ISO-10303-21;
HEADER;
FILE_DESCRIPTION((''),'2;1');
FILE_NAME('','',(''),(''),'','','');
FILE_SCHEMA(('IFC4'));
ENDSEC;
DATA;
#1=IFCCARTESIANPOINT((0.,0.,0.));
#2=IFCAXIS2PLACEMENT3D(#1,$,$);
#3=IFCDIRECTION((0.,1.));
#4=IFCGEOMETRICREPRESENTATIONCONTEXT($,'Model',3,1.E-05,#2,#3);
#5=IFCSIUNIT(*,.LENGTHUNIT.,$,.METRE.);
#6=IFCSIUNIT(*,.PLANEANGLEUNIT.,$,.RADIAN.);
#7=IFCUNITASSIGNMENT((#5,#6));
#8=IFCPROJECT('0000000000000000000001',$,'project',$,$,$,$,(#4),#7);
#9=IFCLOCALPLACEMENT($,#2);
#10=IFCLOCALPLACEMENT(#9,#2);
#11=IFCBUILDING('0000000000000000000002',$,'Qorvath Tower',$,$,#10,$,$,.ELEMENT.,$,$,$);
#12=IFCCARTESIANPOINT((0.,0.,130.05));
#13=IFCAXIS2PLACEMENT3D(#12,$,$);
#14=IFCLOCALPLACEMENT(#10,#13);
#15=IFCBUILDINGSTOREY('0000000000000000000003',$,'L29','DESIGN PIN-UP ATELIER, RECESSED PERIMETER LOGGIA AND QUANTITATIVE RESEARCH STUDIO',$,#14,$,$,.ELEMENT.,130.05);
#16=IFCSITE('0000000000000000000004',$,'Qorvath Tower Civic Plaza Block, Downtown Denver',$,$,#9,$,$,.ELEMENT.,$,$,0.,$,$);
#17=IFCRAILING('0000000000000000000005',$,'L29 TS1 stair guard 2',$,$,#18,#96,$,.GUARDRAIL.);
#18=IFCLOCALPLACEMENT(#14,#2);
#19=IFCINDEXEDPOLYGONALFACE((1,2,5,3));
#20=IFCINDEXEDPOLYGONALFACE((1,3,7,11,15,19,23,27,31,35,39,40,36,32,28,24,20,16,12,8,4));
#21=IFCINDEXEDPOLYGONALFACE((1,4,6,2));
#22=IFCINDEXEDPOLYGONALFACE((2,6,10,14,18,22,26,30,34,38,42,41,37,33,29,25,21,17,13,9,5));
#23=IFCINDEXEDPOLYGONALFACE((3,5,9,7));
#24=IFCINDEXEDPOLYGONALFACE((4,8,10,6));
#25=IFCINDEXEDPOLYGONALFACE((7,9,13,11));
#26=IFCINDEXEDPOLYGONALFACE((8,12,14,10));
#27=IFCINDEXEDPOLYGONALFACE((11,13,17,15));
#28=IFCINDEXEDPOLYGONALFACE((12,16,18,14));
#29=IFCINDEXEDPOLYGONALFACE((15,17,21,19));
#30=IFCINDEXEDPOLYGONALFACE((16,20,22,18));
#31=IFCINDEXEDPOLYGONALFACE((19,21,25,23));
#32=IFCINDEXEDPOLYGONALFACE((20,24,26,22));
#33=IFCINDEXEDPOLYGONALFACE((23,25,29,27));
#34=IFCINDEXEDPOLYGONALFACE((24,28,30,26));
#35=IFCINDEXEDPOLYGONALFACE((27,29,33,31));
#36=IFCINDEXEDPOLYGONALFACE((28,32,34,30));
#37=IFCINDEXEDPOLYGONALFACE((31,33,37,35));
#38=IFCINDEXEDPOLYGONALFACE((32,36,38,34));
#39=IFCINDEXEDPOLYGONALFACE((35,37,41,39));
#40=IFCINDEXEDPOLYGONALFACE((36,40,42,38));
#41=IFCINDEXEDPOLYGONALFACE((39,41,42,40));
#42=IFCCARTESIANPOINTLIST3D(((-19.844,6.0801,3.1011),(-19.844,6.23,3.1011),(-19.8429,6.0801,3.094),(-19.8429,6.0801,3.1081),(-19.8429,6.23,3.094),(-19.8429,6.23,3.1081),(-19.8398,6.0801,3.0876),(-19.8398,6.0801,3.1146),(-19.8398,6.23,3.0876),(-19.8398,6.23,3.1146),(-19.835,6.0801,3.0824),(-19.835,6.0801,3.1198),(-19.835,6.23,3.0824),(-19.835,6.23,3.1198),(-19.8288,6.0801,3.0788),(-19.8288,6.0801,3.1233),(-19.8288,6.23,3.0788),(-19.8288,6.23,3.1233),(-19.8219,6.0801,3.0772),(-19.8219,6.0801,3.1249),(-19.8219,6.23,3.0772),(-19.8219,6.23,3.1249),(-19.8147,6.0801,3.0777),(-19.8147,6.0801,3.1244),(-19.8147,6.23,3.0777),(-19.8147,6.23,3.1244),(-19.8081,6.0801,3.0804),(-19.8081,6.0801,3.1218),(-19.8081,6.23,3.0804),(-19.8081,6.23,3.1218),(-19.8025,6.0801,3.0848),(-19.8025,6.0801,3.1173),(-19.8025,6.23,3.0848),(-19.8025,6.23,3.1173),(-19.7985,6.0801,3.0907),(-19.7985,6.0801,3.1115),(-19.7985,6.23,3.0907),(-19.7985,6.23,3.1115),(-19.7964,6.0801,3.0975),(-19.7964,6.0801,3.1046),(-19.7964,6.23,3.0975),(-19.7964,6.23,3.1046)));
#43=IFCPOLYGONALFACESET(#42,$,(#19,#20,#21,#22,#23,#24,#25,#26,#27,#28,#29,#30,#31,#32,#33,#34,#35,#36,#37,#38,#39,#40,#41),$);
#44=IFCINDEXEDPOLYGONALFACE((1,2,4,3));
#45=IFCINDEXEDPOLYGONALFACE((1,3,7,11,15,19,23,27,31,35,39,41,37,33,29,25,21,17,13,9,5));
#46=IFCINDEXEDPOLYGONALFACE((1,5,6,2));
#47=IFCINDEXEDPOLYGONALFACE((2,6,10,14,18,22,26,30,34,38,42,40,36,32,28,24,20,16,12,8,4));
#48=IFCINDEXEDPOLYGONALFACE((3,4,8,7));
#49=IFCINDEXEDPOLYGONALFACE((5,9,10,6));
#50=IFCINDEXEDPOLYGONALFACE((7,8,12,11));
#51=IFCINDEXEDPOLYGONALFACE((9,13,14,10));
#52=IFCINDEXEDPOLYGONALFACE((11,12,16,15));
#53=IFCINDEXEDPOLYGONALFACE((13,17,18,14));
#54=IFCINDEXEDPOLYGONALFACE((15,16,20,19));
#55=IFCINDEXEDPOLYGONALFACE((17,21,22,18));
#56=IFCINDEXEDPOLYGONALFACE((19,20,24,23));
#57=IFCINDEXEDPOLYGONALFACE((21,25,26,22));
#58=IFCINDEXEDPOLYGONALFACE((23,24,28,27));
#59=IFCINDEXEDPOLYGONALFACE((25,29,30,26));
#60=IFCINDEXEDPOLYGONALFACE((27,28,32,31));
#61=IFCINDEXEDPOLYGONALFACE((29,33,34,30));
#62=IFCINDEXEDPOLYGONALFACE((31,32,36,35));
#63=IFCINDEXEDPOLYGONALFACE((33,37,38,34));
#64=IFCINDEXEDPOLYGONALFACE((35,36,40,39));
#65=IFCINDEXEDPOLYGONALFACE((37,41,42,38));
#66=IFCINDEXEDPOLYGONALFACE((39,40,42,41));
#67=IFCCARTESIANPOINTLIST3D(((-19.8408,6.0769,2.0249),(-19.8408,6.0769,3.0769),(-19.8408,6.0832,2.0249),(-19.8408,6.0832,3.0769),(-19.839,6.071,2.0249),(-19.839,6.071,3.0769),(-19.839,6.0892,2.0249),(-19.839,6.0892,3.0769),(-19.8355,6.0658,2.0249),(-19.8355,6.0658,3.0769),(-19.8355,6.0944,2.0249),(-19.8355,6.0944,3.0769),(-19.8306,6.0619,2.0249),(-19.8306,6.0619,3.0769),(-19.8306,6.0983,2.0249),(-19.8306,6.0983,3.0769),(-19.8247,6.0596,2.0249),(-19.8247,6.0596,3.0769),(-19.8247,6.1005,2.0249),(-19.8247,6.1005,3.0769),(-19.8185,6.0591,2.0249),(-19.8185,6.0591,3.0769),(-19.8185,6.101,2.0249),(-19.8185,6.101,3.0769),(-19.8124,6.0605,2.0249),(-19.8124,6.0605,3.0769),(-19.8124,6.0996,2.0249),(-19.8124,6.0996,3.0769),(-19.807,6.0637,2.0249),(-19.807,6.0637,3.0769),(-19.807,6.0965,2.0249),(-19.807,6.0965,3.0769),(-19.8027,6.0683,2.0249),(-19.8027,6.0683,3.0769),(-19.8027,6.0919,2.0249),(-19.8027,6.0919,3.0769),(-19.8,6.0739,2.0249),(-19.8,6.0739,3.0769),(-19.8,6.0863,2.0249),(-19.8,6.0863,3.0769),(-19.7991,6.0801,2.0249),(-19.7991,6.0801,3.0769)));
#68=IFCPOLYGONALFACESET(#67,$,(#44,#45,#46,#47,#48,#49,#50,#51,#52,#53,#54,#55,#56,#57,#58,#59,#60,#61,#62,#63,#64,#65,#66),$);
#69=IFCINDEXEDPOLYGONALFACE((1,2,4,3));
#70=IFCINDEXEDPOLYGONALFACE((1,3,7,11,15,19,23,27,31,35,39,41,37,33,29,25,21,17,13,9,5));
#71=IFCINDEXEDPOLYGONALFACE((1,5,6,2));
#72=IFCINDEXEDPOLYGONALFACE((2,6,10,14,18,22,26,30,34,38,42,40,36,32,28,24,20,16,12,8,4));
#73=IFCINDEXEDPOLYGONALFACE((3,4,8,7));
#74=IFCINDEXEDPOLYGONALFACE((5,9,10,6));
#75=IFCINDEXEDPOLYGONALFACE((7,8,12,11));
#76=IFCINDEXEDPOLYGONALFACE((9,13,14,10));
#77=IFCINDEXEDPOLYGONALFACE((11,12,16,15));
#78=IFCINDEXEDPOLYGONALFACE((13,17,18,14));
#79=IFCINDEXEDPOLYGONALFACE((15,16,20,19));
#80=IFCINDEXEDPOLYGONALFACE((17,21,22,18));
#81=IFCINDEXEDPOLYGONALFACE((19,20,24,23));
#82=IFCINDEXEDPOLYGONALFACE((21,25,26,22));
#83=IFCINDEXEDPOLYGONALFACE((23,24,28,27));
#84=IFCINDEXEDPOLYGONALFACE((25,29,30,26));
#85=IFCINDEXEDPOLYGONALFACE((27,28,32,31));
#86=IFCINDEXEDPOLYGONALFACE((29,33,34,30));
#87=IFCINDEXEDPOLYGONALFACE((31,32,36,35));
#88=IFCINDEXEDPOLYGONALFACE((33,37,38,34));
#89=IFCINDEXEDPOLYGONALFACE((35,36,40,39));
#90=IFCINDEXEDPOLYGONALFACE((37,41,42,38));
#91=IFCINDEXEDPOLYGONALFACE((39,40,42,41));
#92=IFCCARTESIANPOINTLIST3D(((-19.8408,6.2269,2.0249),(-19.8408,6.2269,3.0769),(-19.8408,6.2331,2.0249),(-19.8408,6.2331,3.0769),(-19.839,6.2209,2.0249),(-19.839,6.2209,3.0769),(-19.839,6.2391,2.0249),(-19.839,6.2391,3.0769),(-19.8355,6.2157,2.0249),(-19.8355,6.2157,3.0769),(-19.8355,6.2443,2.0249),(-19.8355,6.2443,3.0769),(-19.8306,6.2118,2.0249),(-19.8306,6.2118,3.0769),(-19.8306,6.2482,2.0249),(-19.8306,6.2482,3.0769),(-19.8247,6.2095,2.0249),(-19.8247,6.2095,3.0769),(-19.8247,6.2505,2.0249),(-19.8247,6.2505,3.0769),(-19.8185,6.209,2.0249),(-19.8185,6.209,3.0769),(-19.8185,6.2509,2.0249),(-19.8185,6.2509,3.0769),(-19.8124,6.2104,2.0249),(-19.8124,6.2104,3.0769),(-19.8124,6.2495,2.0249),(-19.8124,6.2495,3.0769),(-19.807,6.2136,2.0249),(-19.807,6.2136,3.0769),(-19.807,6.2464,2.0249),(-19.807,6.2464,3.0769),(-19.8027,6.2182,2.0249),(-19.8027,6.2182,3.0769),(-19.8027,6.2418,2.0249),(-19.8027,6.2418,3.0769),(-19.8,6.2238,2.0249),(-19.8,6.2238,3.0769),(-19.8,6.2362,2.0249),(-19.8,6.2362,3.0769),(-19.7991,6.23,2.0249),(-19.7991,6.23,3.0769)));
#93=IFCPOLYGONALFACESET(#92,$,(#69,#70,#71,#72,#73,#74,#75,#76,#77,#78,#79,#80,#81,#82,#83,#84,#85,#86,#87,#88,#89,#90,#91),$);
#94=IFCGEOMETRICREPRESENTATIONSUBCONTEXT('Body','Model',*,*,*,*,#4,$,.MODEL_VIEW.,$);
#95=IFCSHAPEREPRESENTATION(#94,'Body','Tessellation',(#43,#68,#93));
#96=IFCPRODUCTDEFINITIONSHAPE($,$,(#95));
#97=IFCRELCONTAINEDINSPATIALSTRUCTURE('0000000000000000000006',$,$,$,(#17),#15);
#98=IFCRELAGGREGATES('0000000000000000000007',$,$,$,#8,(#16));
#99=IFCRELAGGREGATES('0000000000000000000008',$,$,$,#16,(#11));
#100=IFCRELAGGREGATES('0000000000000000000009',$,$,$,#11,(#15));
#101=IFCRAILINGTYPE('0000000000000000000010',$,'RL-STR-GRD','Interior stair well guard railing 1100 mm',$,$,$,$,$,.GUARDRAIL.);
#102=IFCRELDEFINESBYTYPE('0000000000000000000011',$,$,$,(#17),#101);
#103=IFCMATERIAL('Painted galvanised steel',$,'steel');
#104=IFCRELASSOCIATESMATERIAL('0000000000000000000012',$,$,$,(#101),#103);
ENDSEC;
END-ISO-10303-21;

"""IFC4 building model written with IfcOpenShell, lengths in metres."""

from ifc_helpers import new_model, si_unit, direction, frame, origin, origin_2d, place, context, subcontext, project, spatial, circle, extrude, material, type_object, element, save


model = new_model("IFC4")

# Units and contexts
model_context = context("Model", 3, precision=1e-05, world=origin(), true_north=direction((0.0, 1.0)))
body_context = subcontext(model_context, "Body", "Model", "MODEL_VIEW")
ifc_project = project(units=[si_unit("LENGTHUNIT", "METRE"), si_unit("PLANEANGLEUNIT", "RADIAN")], contexts=[model_context])

# Site, building, storey
site_placement = place(None, origin())
site = spatial("IfcSite", under=ifc_project, at=site_placement, Name="Qorvath Tower Civic Plaza Block, Downtown Denver", CompositionType="ELEMENT", RefElevation=0.0)
building_placement = place(site_placement, origin())
building = spatial("IfcBuilding", under=site, at=building_placement, Name="Qorvath Tower", CompositionType="ELEMENT")
storey_placement = place(building_placement, frame((0.0, 0.0, 130.05)))
storey = spatial("IfcBuildingStorey", under=building, at=storey_placement, Name="L29", Description="DESIGN PIN-UP ATELIER, RECESSED PERIMETER LOGGIA AND QUANTITATIVE RESEARCH STUDIO", CompositionType="ELEMENT", Elevation=130.05)

# Railing
ifc_material_1 = material(Name="Painted galvanised steel", Category="steel")
railing_type_1 = type_object("IfcRailingType", Name="RL-STR-GRD", Description="Interior stair well guard railing 1100 mm", PredefinedType="GUARDRAIL", material=ifc_material_1)
railing_1_placement = place(storey_placement, frame((-19.8201, 6.0801, 2.0249)))
element("IfcRailing", 1, at=railing_1_placement, inside=storey, type_object=railing_type_1, Name="L29 TS1 stair guard 2", PredefinedType="GUARDRAIL", context=body_context, shape_type="SweptSolid", body=[
    extrude(circle(Radius=0.0239, at=origin_2d()), frame((0.0, 0.0, 1.0762), z_axis=(0.0, 1.0, 0.0), x_axis=(-1.0, 0.0, 0.0)), (0.0, 0.0, 1.0), 0.1499),
    extrude(circle(Radius=0.021, at=origin_2d()), origin(), (0.0, 0.0, 1.0), 1.052),
    extrude(circle(Radius=0.021, at=origin_2d()), frame((0.0, 0.1499, 0.0)), (0.0, 0.0, 1.0), 1.052),
])

save(model, "model.ifc")
